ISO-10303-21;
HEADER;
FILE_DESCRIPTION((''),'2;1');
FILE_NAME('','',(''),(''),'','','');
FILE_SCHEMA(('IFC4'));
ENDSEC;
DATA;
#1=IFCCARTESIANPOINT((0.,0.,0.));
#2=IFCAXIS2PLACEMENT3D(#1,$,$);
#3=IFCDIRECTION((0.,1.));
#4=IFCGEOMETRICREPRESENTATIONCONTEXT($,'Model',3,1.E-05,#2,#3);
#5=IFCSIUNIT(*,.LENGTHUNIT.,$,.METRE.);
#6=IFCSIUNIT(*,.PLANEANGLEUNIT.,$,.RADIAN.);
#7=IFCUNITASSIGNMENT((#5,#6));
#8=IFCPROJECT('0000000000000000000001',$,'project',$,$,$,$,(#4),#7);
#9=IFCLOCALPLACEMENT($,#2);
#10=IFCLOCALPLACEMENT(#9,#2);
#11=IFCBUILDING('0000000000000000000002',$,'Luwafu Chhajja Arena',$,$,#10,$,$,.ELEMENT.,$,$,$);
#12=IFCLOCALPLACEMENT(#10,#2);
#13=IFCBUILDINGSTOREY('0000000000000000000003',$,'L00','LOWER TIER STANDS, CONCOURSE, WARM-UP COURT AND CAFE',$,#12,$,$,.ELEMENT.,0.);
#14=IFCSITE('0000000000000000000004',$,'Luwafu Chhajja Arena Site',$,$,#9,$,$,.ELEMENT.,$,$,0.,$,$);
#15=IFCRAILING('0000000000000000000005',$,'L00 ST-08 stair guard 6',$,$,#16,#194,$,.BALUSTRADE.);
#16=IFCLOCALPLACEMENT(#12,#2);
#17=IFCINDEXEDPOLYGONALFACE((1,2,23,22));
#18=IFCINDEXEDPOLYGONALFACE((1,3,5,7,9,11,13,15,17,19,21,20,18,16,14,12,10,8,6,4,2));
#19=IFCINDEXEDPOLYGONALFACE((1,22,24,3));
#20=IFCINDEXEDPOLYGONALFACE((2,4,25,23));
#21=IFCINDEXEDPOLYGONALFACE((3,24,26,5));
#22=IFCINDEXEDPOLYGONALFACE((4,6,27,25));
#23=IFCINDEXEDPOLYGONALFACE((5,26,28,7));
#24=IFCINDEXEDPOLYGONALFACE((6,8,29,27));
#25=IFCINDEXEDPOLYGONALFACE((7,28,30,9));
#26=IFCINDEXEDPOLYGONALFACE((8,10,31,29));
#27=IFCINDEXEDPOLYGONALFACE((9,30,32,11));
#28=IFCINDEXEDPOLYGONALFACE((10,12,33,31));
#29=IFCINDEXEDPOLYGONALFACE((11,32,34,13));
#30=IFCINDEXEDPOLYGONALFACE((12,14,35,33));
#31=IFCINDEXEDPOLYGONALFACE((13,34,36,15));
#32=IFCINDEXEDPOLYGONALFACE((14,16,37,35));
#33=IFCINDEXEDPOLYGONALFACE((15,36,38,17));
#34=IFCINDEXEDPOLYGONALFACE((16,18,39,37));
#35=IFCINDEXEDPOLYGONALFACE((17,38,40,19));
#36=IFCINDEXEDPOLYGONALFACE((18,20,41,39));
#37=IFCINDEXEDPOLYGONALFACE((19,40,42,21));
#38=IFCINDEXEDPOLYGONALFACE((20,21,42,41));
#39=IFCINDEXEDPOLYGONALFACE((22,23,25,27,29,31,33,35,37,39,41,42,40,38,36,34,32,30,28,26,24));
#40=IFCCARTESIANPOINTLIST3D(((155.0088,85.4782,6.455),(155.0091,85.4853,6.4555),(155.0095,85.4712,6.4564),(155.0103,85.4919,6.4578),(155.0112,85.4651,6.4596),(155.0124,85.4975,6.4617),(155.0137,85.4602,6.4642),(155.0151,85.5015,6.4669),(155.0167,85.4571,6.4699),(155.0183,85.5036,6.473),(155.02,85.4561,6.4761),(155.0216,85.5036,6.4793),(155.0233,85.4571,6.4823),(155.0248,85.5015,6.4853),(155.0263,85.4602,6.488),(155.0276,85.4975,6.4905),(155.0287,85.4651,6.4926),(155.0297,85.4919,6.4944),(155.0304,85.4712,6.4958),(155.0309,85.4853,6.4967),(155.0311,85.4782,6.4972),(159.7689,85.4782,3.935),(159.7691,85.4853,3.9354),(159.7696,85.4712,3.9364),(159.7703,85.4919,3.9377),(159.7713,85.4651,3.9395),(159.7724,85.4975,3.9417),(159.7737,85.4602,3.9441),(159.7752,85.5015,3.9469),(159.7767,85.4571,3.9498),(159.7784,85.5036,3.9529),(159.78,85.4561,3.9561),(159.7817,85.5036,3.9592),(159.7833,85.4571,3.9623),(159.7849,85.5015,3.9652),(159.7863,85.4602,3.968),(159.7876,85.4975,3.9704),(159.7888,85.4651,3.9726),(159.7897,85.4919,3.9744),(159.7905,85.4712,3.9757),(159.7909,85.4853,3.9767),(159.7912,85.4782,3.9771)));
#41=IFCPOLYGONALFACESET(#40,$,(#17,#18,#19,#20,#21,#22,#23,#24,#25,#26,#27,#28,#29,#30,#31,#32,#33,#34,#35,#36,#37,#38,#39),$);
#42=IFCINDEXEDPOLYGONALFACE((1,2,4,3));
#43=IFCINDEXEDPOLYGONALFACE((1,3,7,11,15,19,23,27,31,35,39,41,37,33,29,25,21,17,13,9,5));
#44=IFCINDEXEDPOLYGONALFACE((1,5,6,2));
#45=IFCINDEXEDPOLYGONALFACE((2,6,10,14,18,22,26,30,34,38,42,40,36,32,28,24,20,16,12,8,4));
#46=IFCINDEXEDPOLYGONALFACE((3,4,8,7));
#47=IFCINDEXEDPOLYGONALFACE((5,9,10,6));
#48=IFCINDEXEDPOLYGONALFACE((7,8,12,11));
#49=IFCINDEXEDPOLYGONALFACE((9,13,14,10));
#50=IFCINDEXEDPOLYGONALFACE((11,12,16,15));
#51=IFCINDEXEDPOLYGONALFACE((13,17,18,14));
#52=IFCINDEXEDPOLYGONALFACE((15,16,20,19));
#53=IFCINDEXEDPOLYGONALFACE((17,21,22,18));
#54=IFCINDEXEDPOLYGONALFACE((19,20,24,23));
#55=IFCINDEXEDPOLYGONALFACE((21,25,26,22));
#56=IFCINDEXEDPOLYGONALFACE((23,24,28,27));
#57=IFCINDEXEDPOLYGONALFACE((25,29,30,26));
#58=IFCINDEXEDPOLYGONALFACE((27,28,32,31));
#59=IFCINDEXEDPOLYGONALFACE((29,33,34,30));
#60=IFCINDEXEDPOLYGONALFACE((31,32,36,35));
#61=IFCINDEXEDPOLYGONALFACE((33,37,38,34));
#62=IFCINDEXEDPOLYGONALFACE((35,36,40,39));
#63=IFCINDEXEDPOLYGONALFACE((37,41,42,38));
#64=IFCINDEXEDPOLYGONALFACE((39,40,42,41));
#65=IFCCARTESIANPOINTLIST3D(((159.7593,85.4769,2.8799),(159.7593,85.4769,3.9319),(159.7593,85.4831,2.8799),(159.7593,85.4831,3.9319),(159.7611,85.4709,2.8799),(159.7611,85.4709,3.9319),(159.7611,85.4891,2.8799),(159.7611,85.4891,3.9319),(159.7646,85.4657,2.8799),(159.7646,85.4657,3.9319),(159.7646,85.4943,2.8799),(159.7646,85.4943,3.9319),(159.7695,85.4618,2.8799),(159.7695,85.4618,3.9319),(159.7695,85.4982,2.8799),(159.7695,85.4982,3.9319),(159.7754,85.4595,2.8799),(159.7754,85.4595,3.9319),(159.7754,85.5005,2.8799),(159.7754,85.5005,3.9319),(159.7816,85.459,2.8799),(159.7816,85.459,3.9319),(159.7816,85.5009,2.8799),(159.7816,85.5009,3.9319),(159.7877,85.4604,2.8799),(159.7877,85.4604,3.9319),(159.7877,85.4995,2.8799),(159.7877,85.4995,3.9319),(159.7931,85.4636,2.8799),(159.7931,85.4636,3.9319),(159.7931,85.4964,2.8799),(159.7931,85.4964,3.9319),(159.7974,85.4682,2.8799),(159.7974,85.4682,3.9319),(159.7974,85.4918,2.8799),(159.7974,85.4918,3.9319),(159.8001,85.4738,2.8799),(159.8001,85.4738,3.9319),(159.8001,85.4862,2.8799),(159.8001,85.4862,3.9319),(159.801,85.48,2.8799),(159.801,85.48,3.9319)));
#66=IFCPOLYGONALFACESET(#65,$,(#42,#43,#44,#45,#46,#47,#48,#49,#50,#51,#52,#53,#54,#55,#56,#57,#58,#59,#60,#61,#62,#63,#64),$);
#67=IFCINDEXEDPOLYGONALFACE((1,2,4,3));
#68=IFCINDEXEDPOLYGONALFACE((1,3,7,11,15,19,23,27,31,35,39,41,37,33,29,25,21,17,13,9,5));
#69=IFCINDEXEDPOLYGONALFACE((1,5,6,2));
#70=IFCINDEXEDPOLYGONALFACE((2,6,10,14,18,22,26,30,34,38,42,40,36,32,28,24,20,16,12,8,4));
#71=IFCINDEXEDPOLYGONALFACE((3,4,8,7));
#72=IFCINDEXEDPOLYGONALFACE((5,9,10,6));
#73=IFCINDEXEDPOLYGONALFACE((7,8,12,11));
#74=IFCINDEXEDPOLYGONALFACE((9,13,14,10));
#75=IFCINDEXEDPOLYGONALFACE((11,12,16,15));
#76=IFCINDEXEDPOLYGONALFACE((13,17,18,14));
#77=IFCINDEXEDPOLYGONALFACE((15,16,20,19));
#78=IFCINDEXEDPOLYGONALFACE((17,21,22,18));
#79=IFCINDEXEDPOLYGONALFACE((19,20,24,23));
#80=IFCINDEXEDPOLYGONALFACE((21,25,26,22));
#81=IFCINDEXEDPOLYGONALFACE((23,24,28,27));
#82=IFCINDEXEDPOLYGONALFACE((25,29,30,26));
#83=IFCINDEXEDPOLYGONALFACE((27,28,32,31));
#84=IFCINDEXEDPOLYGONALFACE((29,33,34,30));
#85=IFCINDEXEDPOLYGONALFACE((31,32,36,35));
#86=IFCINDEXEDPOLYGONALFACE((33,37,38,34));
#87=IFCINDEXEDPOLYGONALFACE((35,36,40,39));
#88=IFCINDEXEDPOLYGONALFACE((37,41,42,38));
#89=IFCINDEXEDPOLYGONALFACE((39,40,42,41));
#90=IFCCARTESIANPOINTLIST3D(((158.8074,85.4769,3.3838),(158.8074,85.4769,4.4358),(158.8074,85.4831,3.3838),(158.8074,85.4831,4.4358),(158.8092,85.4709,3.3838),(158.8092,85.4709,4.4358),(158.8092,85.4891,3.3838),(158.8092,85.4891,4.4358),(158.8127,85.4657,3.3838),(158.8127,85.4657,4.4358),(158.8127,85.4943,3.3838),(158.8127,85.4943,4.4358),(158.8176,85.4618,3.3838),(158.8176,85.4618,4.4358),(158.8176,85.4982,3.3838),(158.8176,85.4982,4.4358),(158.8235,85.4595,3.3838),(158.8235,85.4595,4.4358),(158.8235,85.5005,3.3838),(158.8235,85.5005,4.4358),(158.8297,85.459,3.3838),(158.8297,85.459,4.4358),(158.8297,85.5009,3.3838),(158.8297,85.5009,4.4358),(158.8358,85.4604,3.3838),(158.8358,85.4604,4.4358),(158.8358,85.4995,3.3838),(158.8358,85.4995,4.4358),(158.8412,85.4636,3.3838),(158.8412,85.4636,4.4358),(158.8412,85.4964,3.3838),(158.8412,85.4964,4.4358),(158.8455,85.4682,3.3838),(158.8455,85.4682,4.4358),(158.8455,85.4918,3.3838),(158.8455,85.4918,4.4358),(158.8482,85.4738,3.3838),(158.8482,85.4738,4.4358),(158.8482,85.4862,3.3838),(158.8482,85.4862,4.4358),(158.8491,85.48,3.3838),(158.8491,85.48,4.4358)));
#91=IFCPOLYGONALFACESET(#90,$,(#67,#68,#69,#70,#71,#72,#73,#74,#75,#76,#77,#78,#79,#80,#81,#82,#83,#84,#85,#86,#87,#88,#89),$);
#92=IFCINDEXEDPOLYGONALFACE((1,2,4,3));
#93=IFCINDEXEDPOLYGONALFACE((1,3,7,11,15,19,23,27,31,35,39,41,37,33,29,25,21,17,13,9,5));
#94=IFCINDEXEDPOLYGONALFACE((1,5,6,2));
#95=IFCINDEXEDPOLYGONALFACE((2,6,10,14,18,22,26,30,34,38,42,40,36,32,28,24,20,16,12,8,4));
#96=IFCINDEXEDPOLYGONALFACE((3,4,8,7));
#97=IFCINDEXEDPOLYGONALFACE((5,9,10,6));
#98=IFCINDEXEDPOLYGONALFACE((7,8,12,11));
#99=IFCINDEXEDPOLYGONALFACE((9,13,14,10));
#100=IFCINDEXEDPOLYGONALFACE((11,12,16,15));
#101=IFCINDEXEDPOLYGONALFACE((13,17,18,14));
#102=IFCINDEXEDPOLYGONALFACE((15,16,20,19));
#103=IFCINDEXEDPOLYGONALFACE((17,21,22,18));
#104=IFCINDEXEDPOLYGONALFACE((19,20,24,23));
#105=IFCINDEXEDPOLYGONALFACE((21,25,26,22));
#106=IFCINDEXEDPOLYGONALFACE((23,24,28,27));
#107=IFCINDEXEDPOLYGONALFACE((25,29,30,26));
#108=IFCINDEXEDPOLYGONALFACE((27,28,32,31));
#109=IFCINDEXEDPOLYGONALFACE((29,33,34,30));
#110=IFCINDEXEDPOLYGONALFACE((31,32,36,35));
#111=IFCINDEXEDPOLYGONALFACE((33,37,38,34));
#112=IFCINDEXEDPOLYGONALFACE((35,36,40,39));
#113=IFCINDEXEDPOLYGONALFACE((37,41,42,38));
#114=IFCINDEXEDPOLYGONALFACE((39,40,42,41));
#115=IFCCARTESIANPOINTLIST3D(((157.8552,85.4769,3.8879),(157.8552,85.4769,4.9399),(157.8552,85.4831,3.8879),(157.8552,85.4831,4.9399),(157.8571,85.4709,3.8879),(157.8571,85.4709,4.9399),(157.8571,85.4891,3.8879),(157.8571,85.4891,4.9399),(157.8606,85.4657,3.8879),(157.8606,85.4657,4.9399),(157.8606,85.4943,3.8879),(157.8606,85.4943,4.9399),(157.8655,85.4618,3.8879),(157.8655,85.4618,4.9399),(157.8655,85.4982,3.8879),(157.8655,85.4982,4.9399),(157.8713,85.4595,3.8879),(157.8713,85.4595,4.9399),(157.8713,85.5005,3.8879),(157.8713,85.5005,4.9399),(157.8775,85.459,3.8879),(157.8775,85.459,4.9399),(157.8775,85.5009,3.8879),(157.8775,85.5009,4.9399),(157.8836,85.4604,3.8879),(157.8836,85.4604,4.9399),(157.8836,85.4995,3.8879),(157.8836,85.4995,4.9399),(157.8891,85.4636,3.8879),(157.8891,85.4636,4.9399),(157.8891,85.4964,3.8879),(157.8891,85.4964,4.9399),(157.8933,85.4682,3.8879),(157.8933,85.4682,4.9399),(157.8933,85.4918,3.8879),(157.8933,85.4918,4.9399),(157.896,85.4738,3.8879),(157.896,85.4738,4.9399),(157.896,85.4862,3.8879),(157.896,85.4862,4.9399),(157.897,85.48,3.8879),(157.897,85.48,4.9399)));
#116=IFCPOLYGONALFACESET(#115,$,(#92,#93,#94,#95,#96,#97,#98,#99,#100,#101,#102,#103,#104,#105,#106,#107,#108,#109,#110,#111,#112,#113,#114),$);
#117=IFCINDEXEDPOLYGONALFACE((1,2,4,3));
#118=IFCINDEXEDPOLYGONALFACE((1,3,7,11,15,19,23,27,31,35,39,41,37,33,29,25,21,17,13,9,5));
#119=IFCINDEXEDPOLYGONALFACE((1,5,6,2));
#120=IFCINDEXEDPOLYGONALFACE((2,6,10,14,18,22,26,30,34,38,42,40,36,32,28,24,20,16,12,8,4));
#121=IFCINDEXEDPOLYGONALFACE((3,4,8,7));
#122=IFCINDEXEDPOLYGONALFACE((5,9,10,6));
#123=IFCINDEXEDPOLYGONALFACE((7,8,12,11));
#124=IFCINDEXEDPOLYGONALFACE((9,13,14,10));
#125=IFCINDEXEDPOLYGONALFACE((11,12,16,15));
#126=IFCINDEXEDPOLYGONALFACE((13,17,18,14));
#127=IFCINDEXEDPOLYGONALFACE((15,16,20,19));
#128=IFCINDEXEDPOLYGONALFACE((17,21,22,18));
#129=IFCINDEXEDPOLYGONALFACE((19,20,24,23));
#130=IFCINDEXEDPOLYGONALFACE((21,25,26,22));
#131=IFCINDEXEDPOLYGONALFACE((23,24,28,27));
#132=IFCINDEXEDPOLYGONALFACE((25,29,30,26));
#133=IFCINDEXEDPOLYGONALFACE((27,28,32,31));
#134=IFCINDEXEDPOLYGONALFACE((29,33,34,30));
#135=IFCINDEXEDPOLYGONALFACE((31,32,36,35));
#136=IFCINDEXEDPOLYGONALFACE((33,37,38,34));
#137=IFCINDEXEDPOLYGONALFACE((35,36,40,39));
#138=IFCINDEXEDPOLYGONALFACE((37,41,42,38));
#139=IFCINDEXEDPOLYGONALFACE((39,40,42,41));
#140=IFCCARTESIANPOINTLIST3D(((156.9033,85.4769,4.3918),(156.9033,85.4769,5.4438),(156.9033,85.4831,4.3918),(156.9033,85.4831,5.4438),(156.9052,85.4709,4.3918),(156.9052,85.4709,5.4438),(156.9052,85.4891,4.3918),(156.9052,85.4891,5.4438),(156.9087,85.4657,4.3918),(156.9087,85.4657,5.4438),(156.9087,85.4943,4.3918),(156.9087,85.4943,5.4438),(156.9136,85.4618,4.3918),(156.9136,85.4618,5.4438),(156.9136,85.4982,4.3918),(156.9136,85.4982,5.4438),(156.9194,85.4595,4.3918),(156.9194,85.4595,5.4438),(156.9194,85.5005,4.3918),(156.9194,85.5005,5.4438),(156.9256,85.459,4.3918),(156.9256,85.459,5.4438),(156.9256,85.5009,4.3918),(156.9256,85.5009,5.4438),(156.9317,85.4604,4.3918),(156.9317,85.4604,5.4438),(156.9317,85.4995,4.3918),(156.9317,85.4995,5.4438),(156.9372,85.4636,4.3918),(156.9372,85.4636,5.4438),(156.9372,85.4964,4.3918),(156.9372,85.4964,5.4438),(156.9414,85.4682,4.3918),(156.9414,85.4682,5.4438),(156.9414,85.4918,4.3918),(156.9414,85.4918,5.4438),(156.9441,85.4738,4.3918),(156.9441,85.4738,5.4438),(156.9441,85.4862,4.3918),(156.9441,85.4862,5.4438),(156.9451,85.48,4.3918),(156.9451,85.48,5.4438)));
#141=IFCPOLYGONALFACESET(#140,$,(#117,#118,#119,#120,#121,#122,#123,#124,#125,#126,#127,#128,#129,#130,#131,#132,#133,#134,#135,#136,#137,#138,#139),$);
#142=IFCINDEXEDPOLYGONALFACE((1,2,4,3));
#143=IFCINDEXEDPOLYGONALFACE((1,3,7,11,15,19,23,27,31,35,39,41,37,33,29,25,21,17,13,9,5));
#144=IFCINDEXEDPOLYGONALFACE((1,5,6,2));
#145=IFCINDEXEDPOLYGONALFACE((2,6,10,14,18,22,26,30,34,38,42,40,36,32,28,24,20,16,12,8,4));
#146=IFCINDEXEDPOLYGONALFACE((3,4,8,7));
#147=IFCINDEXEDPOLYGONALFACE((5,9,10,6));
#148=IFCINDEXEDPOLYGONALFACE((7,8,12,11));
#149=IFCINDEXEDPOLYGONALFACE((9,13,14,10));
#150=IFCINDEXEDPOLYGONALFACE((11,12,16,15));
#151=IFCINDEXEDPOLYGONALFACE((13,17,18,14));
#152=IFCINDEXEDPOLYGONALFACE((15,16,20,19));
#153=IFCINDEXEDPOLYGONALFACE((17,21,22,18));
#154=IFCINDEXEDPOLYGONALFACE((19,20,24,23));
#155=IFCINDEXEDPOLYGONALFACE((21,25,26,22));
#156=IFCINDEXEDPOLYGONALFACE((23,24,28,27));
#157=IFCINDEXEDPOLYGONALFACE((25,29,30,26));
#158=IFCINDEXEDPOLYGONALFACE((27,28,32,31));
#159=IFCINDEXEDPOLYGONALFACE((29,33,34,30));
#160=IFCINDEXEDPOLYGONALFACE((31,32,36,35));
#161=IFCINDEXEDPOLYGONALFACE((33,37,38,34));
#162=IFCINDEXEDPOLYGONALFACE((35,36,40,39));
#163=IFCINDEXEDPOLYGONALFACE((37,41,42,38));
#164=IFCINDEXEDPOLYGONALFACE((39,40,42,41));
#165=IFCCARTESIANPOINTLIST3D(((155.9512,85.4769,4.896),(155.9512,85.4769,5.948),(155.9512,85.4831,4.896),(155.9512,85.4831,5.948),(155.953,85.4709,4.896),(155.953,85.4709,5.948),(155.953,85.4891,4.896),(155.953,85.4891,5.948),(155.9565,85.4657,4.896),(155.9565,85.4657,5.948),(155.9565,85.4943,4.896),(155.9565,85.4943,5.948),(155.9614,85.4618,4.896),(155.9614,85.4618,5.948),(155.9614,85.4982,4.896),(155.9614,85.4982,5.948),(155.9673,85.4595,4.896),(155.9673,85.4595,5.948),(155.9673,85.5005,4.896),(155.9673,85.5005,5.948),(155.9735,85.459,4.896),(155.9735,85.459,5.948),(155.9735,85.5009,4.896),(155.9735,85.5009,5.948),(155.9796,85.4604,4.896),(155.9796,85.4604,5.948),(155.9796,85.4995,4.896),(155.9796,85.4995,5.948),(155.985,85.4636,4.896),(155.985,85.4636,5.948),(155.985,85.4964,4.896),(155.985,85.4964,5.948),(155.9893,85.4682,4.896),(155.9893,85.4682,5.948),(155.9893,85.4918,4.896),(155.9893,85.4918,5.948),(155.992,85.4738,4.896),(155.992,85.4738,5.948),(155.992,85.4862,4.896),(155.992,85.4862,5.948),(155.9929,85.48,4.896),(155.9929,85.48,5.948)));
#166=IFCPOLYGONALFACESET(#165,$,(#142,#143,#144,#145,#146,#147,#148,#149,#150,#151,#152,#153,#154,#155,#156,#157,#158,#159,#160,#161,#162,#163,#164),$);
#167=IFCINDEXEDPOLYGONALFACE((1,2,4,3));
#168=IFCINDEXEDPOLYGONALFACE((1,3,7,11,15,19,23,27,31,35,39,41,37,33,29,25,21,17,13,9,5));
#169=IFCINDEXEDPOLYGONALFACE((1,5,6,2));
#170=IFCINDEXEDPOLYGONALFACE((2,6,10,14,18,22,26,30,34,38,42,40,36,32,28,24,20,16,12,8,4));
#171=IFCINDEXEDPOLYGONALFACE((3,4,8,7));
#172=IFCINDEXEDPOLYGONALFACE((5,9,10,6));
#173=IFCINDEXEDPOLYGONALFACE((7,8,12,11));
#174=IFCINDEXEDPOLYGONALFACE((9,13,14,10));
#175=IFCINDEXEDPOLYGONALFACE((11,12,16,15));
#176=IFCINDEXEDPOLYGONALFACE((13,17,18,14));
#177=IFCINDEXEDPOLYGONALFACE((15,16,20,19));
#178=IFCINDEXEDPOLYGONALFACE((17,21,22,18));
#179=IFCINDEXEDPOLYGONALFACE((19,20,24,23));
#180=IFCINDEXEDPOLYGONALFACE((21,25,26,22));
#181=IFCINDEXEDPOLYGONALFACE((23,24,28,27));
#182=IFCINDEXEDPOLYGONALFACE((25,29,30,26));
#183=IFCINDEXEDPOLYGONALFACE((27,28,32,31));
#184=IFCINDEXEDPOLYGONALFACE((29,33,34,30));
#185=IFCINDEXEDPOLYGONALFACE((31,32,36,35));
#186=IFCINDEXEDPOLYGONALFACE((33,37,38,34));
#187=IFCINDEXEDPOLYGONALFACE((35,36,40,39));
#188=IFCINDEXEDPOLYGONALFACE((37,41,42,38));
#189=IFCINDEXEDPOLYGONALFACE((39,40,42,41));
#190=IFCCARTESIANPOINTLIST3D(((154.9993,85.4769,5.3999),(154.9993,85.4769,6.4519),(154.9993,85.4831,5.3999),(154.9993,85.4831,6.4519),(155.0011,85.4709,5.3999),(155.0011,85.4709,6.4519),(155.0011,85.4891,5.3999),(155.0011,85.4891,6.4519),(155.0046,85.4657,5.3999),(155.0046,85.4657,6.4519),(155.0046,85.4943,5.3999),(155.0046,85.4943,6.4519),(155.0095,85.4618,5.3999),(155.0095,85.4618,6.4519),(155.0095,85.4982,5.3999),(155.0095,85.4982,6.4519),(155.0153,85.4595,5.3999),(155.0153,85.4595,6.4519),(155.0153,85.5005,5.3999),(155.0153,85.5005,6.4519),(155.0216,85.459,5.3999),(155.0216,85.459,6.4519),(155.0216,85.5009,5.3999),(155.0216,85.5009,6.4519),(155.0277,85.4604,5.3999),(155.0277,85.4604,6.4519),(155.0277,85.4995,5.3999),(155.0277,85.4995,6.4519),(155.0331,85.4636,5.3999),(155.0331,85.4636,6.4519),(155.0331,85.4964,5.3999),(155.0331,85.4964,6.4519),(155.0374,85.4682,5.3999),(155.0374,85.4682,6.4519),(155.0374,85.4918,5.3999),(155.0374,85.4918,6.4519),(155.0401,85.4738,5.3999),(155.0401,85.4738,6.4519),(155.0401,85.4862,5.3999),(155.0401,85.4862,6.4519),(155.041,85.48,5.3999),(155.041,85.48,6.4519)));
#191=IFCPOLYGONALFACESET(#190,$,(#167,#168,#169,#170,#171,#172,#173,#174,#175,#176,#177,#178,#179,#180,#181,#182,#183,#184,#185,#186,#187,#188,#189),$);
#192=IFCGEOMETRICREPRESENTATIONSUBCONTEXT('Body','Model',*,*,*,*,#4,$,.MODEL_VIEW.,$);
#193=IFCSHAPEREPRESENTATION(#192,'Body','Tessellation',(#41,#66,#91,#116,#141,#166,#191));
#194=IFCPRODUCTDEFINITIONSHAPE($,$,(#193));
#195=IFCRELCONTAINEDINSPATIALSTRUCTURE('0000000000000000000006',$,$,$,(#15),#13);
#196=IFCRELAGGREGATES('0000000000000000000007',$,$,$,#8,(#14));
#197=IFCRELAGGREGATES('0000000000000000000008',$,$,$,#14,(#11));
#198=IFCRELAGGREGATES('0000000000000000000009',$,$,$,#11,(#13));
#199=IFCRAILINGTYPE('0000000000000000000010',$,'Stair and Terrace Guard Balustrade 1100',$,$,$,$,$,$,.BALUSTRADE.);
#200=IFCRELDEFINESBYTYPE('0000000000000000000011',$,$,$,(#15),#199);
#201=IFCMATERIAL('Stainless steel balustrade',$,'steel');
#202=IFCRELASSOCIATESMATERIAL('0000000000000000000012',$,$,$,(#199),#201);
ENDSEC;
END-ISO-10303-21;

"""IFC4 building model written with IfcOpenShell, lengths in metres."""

from ifc_helpers import new_model, si_unit, direction, frame, origin, origin_2d, place, context, subcontext, project, spatial, circle, extrude, material, type_object, element, save


model = new_model("IFC4")

# Units and contexts
model_context = context("Model", 3, precision=1e-05, world=origin(), true_north=direction((0.0, 1.0)))
body_context = subcontext(model_context, "Body", "Model", "MODEL_VIEW")
ifc_project = project(units=[si_unit("LENGTHUNIT", "METRE"), si_unit("PLANEANGLEUNIT", "RADIAN")], contexts=[model_context])

# Site, building, storey
site_placement = place(None, origin())
site = spatial("IfcSite", under=ifc_project, at=site_placement, Name="Luwafu Chhajja Arena Site", CompositionType="ELEMENT", RefElevation=0.0)
building_placement = place(site_placement, origin())
building = spatial("IfcBuilding", under=site, at=building_placement, Name="Luwafu Chhajja Arena", CompositionType="ELEMENT")
storey_placement = place(building_placement, origin())
storey = spatial("IfcBuildingStorey", under=building, at=storey_placement, Name="L00", Description="LOWER TIER STANDS, CONCOURSE, WARM-UP COURT AND CAFE", CompositionType="ELEMENT", Elevation=0.0)

# Railing
ifc_material_1 = material(Name="Stainless steel balustrade", Category="steel")
railing_type_1 = type_object("IfcRailingType", Name="Stair and Terrace Guard Balustrade 1100", PredefinedType="BALUSTRADE", material=ifc_material_1)
railing_1_placement = place(storey_placement, frame((159.78, 85.48, 2.8799)))
element("IfcRailing", 1, at=railing_1_placement, inside=storey, type_object=railing_type_1, Name="L00 ST-08 stair guard 6", PredefinedType="BALUSTRADE", context=body_context, shape_type="SweptSolid", body=[
    extrude(circle(Radius=0.0239, at=origin_2d()), frame((0.0, 0.0, 1.0762), z_axis=(-0.883787, 0.0, 0.46789), x_axis=(0.0, -1.0, 0.0)), (0.0, 0.0, 1.0), 5.386),
    extrude(circle(Radius=0.021, at=origin_2d()), origin(), (0.0, 0.0, 1.0), 1.052),
    extrude(circle(Radius=0.021, at=origin_2d()), frame((-0.9519, 0.0, 0.5039)), (0.0, 0.0, 1.0), 1.052),
    extrude(circle(Radius=0.021, at=origin_2d()), frame((-1.9041, 0.0, 1.0081)), (0.0, 0.0, 1.0), 1.052),
    extrude(circle(Radius=0.021, at=origin_2d()), frame((-2.856, 0.0, 1.512)), (0.0, 0.0, 1.0), 1.052),
    extrude(circle(Radius=0.021, at=origin_2d()), frame((-3.8081, 0.0, 2.0161)), (0.0, 0.0, 1.0), 1.052),
    extrude(circle(Radius=0.021, at=origin_2d()), frame((-4.76, 0.0, 2.52)), (0.0, 0.0, 1.0), 1.052),
])

save(model, "model.ifc")
